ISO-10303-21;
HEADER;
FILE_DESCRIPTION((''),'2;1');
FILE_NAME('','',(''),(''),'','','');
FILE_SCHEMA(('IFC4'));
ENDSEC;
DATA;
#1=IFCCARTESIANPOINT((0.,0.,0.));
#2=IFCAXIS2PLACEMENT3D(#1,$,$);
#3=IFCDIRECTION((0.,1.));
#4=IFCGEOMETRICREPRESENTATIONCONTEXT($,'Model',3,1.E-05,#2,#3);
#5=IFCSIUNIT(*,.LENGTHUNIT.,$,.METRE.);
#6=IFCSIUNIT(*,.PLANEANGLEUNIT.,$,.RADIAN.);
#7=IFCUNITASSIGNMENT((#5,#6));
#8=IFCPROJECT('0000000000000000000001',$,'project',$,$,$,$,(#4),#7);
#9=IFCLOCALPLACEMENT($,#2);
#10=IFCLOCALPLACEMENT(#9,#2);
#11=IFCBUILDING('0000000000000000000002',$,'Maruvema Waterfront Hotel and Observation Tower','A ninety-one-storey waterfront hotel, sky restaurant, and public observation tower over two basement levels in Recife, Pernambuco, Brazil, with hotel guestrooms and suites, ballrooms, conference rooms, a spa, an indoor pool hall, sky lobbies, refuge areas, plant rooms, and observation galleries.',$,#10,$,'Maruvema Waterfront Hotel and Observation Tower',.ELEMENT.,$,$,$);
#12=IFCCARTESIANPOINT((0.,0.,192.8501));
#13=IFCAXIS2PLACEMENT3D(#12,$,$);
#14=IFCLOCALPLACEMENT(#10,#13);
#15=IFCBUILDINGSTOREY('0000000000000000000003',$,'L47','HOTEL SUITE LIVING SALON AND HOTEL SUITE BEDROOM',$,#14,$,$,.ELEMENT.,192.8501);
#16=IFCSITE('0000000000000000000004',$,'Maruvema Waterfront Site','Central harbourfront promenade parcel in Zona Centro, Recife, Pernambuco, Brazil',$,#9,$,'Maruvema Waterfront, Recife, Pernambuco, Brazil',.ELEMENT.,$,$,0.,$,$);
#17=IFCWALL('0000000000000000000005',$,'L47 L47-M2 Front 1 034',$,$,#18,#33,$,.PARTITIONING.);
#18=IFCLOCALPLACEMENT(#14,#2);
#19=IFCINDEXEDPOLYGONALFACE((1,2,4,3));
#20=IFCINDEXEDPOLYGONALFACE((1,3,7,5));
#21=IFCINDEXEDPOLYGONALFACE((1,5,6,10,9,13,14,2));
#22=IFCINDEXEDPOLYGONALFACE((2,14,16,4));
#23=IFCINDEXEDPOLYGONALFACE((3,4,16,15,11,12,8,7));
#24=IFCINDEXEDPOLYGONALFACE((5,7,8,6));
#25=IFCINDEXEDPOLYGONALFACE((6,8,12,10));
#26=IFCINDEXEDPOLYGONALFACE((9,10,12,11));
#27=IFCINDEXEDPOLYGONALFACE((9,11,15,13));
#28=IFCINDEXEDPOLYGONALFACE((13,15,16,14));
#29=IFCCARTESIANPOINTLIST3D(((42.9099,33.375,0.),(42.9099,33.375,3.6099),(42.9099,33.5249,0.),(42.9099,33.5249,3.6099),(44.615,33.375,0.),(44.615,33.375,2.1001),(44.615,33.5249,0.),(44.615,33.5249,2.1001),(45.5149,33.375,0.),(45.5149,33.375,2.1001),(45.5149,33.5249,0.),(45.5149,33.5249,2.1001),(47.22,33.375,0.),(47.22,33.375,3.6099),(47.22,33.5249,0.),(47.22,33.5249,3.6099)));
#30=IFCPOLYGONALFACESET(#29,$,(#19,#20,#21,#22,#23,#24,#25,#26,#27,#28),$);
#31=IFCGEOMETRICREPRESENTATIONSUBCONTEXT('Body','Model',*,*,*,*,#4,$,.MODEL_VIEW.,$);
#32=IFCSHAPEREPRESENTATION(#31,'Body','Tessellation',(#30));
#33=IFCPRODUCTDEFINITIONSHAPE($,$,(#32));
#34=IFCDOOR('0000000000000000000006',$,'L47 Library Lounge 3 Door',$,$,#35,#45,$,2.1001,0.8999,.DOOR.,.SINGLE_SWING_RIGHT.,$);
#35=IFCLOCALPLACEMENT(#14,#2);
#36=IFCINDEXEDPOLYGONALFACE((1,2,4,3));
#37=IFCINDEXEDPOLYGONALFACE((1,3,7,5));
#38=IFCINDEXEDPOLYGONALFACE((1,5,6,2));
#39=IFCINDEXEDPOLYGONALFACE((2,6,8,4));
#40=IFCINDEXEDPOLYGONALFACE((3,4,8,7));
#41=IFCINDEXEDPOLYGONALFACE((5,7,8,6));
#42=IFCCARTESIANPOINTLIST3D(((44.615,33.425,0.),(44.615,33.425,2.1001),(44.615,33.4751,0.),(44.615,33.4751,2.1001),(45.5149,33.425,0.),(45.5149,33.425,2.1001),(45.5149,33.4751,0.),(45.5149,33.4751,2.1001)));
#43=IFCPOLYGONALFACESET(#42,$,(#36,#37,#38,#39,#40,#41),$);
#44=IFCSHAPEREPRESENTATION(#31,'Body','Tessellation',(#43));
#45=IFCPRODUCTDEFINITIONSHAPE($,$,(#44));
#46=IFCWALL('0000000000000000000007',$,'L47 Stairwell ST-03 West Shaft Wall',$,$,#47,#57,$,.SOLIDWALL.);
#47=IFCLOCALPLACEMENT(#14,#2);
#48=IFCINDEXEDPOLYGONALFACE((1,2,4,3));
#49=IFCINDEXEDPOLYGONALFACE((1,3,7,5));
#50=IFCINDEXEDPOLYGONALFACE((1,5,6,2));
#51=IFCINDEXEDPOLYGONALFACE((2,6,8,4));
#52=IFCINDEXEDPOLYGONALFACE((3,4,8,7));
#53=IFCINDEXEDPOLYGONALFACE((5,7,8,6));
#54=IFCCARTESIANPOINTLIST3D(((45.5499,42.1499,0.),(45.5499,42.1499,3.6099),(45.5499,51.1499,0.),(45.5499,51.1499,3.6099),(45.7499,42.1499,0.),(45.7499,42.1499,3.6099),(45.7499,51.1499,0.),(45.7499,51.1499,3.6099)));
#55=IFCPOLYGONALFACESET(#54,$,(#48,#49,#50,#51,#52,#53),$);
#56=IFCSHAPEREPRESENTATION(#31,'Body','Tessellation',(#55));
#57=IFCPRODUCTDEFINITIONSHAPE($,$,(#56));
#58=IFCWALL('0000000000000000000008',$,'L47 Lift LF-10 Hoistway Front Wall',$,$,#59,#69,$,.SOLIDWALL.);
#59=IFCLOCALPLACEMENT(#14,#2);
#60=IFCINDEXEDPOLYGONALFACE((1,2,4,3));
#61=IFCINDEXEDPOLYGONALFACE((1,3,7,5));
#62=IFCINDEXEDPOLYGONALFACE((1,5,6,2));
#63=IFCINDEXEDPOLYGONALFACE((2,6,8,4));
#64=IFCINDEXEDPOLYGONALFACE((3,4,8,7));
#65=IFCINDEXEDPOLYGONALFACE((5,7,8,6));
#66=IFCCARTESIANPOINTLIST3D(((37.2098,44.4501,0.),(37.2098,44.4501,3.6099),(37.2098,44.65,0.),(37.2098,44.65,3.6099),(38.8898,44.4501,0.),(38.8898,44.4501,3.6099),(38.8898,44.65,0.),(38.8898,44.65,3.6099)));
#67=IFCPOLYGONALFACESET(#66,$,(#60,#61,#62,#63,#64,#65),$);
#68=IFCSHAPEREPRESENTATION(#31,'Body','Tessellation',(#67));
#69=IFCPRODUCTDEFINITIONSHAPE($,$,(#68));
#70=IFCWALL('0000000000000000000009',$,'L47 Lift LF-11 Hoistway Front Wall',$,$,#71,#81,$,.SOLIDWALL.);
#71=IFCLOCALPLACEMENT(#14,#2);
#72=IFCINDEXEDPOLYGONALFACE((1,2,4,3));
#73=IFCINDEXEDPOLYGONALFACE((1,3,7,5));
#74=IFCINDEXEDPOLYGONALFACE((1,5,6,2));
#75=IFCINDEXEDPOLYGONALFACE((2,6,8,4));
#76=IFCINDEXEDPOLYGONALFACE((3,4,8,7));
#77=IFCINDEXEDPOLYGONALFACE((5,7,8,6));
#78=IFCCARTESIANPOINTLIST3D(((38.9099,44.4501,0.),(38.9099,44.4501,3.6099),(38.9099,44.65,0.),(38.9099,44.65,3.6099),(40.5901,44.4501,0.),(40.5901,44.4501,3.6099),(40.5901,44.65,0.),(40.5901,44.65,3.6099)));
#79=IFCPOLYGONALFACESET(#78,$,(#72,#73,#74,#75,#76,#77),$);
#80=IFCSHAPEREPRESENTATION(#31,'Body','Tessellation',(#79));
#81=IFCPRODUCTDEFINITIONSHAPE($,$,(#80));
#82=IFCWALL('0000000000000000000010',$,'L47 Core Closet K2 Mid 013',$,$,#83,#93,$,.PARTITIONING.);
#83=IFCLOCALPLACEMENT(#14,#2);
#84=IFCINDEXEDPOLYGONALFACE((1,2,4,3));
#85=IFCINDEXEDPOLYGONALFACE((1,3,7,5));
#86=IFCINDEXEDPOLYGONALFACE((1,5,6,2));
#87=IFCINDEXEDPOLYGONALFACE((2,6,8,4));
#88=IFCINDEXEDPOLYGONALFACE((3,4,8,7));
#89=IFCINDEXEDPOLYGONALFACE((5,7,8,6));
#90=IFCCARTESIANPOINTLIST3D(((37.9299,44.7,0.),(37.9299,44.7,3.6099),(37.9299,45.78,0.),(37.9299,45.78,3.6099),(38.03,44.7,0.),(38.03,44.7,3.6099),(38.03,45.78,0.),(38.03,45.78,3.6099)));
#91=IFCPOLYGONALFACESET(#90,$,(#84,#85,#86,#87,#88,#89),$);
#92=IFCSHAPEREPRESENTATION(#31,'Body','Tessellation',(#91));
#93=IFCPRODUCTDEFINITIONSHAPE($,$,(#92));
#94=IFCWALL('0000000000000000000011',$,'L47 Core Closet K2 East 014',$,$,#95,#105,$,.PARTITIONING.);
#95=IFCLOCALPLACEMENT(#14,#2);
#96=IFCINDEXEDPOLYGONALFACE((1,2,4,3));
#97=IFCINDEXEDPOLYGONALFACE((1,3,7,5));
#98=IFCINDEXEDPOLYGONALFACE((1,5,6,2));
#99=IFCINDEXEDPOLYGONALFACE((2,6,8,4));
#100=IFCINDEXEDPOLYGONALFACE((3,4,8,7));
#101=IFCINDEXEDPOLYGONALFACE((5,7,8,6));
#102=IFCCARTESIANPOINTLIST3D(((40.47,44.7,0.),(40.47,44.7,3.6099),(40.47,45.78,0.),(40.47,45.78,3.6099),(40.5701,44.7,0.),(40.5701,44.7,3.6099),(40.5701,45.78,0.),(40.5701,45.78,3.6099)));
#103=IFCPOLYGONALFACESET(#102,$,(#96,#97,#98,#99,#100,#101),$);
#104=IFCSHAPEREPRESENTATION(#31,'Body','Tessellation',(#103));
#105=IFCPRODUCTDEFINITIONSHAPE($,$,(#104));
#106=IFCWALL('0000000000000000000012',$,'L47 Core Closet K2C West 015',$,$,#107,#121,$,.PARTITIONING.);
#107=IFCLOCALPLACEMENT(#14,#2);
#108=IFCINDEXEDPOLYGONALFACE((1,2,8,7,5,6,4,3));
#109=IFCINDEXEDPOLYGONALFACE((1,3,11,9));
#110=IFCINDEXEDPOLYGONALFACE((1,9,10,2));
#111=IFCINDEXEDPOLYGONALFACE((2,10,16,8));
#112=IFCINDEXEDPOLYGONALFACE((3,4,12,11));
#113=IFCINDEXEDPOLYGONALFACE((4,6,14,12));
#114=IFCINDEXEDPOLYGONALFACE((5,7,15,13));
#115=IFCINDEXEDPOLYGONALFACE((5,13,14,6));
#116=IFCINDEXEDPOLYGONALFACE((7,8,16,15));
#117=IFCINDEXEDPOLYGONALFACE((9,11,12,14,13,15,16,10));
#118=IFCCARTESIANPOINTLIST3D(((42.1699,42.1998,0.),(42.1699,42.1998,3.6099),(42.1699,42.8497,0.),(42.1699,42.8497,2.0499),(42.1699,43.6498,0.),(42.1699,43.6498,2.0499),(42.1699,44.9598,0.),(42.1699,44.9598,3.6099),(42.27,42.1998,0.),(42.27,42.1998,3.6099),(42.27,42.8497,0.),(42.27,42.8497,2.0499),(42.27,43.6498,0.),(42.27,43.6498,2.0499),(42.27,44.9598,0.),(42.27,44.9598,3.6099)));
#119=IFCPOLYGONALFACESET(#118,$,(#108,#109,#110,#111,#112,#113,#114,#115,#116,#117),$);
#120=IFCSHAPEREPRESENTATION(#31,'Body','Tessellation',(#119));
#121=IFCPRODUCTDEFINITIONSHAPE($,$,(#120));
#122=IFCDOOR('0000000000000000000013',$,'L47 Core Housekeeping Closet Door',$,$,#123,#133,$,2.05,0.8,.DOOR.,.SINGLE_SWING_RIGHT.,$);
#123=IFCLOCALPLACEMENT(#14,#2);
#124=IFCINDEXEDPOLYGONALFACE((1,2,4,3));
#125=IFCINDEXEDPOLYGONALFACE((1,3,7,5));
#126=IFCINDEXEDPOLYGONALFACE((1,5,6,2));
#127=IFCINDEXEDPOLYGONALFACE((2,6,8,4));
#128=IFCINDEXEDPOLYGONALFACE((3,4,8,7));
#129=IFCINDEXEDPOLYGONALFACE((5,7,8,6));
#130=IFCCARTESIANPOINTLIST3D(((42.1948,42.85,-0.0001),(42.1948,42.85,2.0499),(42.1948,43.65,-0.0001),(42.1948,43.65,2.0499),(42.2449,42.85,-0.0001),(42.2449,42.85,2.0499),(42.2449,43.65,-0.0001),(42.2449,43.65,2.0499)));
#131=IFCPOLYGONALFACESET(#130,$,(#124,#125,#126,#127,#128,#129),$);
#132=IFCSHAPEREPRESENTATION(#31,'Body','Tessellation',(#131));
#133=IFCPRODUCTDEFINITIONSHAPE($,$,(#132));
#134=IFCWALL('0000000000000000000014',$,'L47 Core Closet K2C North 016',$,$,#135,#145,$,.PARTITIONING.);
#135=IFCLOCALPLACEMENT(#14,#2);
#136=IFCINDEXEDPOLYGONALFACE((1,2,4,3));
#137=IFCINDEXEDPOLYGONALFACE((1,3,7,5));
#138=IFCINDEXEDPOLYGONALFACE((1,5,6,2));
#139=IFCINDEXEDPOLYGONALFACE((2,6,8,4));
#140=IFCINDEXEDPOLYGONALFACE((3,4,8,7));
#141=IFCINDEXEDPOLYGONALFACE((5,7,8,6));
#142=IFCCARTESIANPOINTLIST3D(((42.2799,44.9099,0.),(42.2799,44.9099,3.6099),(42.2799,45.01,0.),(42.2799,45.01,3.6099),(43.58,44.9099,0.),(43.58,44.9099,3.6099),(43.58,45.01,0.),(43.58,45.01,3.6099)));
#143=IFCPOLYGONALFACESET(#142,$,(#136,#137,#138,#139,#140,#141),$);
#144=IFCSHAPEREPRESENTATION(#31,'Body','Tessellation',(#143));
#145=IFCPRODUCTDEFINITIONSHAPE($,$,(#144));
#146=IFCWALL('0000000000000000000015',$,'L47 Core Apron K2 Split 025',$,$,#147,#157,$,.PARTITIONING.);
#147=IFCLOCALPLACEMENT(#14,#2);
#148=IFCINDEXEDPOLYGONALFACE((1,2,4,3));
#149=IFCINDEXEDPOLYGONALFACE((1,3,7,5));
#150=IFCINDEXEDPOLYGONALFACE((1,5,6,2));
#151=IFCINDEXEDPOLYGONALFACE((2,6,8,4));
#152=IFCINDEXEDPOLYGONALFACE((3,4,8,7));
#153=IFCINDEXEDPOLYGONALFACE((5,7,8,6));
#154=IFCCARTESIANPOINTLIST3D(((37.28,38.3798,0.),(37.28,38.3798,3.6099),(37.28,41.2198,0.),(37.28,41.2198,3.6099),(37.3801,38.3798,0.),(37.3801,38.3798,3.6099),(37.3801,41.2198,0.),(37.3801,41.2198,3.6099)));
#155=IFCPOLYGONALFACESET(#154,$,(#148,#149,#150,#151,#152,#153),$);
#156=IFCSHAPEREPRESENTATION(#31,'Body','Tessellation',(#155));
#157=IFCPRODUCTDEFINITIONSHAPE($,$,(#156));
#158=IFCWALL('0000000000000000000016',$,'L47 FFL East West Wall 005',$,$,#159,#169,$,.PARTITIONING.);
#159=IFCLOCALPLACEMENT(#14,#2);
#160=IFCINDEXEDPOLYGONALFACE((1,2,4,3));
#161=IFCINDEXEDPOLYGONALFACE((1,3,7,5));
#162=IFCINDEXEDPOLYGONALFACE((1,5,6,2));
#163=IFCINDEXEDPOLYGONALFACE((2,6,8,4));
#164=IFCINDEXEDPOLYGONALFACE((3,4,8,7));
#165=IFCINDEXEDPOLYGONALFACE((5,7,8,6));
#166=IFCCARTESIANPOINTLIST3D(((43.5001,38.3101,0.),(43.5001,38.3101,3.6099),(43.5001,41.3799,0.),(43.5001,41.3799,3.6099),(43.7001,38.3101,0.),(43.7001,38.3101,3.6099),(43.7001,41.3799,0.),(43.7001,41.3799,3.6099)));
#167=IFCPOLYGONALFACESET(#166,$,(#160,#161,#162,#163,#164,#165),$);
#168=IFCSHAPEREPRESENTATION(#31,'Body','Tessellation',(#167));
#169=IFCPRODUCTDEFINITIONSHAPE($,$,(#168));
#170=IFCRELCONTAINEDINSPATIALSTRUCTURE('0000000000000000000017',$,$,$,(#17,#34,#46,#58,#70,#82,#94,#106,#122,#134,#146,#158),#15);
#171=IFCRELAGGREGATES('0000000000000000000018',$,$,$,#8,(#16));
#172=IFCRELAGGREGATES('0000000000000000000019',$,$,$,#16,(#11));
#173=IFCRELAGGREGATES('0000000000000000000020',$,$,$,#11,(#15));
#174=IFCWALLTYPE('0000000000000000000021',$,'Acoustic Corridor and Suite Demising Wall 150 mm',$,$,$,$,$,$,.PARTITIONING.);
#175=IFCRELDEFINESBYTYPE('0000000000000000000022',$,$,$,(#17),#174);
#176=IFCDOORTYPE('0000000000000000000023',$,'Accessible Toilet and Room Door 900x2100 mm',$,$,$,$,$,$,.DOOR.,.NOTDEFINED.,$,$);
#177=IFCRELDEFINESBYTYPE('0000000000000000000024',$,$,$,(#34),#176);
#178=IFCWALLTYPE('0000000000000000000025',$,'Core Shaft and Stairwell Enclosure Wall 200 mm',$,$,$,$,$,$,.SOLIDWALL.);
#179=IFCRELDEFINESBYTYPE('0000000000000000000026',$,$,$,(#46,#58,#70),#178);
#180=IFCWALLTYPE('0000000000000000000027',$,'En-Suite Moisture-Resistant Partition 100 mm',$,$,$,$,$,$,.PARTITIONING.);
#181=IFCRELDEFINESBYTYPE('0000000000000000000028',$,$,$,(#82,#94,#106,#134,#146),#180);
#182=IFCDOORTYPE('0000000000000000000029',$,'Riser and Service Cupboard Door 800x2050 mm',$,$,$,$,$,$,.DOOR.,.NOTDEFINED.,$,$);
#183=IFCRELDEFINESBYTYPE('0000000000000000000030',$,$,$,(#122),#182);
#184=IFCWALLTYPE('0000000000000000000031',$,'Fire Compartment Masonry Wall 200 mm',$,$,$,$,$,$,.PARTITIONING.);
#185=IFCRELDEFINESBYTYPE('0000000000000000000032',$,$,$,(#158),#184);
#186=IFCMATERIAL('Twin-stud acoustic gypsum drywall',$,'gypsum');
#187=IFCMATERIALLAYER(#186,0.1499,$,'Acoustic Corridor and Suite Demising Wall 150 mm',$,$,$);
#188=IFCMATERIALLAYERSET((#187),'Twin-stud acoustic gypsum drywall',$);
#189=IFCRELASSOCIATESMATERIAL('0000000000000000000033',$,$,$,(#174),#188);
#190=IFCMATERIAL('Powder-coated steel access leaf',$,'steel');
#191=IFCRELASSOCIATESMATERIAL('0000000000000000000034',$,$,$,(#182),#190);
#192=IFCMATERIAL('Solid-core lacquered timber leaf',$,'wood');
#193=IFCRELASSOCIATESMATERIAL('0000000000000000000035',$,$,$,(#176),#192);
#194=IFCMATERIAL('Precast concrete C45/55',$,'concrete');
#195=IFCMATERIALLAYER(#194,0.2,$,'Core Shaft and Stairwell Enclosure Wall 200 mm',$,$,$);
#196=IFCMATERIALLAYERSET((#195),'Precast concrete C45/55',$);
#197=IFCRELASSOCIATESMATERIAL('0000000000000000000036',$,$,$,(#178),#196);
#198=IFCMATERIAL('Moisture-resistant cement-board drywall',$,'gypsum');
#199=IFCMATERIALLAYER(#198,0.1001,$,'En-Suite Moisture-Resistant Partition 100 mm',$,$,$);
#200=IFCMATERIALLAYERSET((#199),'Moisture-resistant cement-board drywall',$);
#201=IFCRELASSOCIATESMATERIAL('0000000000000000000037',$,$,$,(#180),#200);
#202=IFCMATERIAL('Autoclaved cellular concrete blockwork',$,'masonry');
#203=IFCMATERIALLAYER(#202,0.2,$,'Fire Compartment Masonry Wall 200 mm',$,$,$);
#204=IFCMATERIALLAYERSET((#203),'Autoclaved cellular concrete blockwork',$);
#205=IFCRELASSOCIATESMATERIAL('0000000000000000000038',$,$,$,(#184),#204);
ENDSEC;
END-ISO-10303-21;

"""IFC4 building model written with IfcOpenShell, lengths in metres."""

from ifc_helpers import new_model, si_unit, direction, frame, frame_2d, origin, place, context, subcontext, project, spatial, rectangle, extrude, material, layer, layer_set, type_object, element, fill, save


model = new_model("IFC4")

# Units and contexts
model_context = context("Model", 3, precision=1e-05, world=origin(), true_north=direction((0.0, 1.0)))
body_context = subcontext(model_context, "Body", "Model", "MODEL_VIEW")
ifc_project = project(units=[si_unit("LENGTHUNIT", "METRE"), si_unit("PLANEANGLEUNIT", "RADIAN")], contexts=[model_context])

# Site, building, storey
site_placement = place(None, origin())
site = spatial("IfcSite", under=ifc_project, at=site_placement, Name="Maruvema Waterfront Site", Description="Central harbourfront promenade parcel in Zona Centro, Recife, Pernambuco, Brazil", LongName="Maruvema Waterfront, Recife, Pernambuco, Brazil", CompositionType="ELEMENT", RefElevation=0.0)
building_placement = place(site_placement, origin())
building = spatial("IfcBuilding", under=site, at=building_placement, Name="Maruvema Waterfront Hotel and Observation Tower", Description="A ninety-one-storey waterfront hotel, sky restaurant, and public observation tower over two basement levels in Recife, Pernambuco, Brazil, with hotel guestrooms and suites, ballrooms, conference rooms, a spa, an indoor pool hall, sky lobbies, refuge areas, plant rooms, and observation galleries.", LongName="Maruvema Waterfront Hotel and Observation Tower", CompositionType="ELEMENT")
storey_placement = place(building_placement, frame((0.0, 0.0, 192.8501)))
storey = spatial("IfcBuildingStorey", under=building, at=storey_placement, Name="L47", Description="HOTEL SUITE LIVING SALON AND HOTEL SUITE BEDROOM", CompositionType="ELEMENT", Elevation=192.8501)

# Shared definitions
ifc_material_1 = material(Name="Twin-stud acoustic gypsum drywall", Category="gypsum")
ifc_layer_1 = layer(ifc_material_1, 0.1499, Name="Acoustic Corridor and Suite Demising Wall 150 mm")
ifc_layer_set_1 = layer_set([ifc_layer_1], Name="Twin-stud acoustic gypsum drywall")
wall_type_1 = type_object("IfcWallType", Name="Acoustic Corridor and Suite Demising Wall 150 mm", PredefinedType="PARTITIONING", material=ifc_layer_set_1)
ifc_material_2 = material(Name="Powder-coated steel access leaf", Category="steel")
door_type_1 = type_object("IfcDoorType", Name="Riser and Service Cupboard Door 800x2050 mm", OperationType="NOTDEFINED", PredefinedType="DOOR", material=ifc_material_2)

# Wall, opening, door
wall_1_placement = place(storey_placement, frame((42.9099, 33.45, 0.0), z_axis=(0.0, 0.0, 1.0), x_axis=(1.0, 0.0, 0.0)))
wall_1 = element("IfcWall", 1, at=wall_1_placement, inside=storey, type_object=wall_type_1, Name="L47 L47-M2 Front 1 034", PredefinedType="PARTITIONING", context=body_context, shape_type="SweptSolid", body=[
    extrude(rectangle(XDim=4.3101, YDim=0.1499, at=frame_2d((2.155, 0.0))), origin(), (0.0, 0.0, 1.0), 3.6099),
])
opening_1_placement = place(wall_1_placement, frame((1.7051, 0.0, 0.0)))
opening_1 = element("IfcOpeningElement", 2, at=opening_1_placement, cuts=wall_1, PredefinedType="OPENING", context=body_context, shape_type="SweptSolid", body=[
    extrude(rectangle(XDim=0.8999, YDim=2.1001, at=frame_2d((0.45, 1.05))), frame((0.0, 0.085, 0.0), z_axis=(0.0, -1.0, 0.0), x_axis=(1.0, 0.0, 0.0)), (0.0, 0.0, 1.0), 0.1699),
])
ifc_material_3 = material(Name="Solid-core lacquered timber leaf", Category="wood")
door_type_2 = type_object("IfcDoorType", Name="Accessible Toilet and Room Door 900x2100 mm", OperationType="NOTDEFINED", PredefinedType="DOOR", material=ifc_material_3)
door_1_placement = place(opening_1_placement, frame((0.8999, 0.0, 0.0), z_axis=(0.0, 0.0, 1.0), x_axis=(-1.0, 0.0, 0.0)))
door_1 = element("IfcDoor", 3, at=door_1_placement, inside=storey, type_object=door_type_2, Name="L47 Library Lounge 3 Door", OperationType="SINGLE_SWING_RIGHT", OverallHeight=2.1001, OverallWidth=0.8999, PredefinedType="DOOR", context=body_context, shape_type="SweptSolid", body=[
    extrude(rectangle(XDim=0.8999, YDim=2.1001, at=frame_2d((0.45, 1.05))), frame((0.0, 0.0249, 0.0), z_axis=(0.0, -1.0, 0.0), x_axis=(1.0, 0.0, 0.0)), (0.0, 0.0, 1.0), 0.05),
])
fill(opening_1, door_1)

# Walls
ifc_material_4 = material(Name="Precast concrete C45/55", Category="concrete")
ifc_layer_2 = layer(ifc_material_4, 0.2, Name="Core Shaft and Stairwell Enclosure Wall 200 mm")
ifc_layer_set_2 = layer_set([ifc_layer_2], Name="Precast concrete C45/55")
wall_type_2 = type_object("IfcWallType", Name="Core Shaft and Stairwell Enclosure Wall 200 mm", PredefinedType="SOLIDWALL", material=ifc_layer_set_2)
wall_2_placement = place(storey_placement, frame((45.6499, 42.1499, 0.0), z_axis=(0.0, 0.0, 1.0), x_axis=(0.0, 1.0, 0.0)))
element("IfcWall", 4, at=wall_2_placement, inside=storey, type_object=wall_type_2, Name="L47 Stairwell ST-03 West Shaft Wall", PredefinedType="SOLIDWALL", context=body_context, shape_type="SweptSolid", body=[
    extrude(rectangle(XDim=9.0, YDim=0.2, at=frame_2d((4.5, 0.0))), origin(), (0.0, 0.0, 1.0), 3.6099),
])
wall_3_placement = place(storey_placement, frame((37.21, 44.55, 0.0), z_axis=(0.0, 0.0, 1.0), x_axis=(1.0, 0.0, 0.0)))
element("IfcWall", 5, at=wall_3_placement, inside=storey, type_object=wall_type_2, Name="L47 Lift LF-10 Hoistway Front Wall", PredefinedType="SOLIDWALL", context=body_context, shape_type="SweptSolid", body=[
    extrude(rectangle(XDim=1.6799, YDim=0.2, at=frame_2d((0.8398, 0.0))), origin(), (0.0, 0.0, 1.0), 3.6099),
])
wall_4_placement = place(storey_placement, frame((38.9099, 44.55, 0.0), z_axis=(0.0, 0.0, 1.0), x_axis=(1.0, 0.0, 0.0)))
element("IfcWall", 6, at=wall_4_placement, inside=storey, type_object=wall_type_2, Name="L47 Lift LF-11 Hoistway Front Wall", PredefinedType="SOLIDWALL", context=body_context, shape_type="SweptSolid", body=[
    extrude(rectangle(XDim=1.6802, YDim=0.2, at=frame_2d((0.8401, 0.0))), origin(), (0.0, 0.0, 1.0), 3.6099),
])

# Walls
ifc_material_5 = material(Name="Moisture-resistant cement-board drywall", Category="gypsum")
ifc_layer_3 = layer(ifc_material_5, 0.1001, Name="En-Suite Moisture-Resistant Partition 100 mm")
ifc_layer_set_3 = layer_set([ifc_layer_3], Name="Moisture-resistant cement-board drywall")
wall_type_3 = type_object("IfcWallType", Name="En-Suite Moisture-Resistant Partition 100 mm", PredefinedType="PARTITIONING", material=ifc_layer_set_3)
for number, where, z_axis, x_axis, name in (
    (7, (37.98, 44.7, 0.0), (0.0, 0.0, 1.0), (0.0, 1.0, 0.0), "L47 Core Closet K2 Mid 013"),
    (8, (40.52, 44.7, 0.0), (0.0, 0.0, 1.0), (0.0, 1.0, 0.0), "L47 Core Closet K2 East 014"),
):
    element("IfcWall", number, at=place(storey_placement, frame(where, z_axis=z_axis, x_axis=x_axis)), inside=storey, type_object=wall_type_3, Name=name, PredefinedType="PARTITIONING", context=body_context, shape_type="SweptSolid", body=[
        extrude(rectangle(XDim=1.0801, YDim=0.1001, at=frame_2d((0.54, 0.0))), origin(), (0.0, 0.0, 1.0), 3.6099),
    ])

# Wall, opening, door
wall_5_placement = place(storey_placement, frame((42.22, 42.2, 0.0), z_axis=(0.0, 0.0, 1.0), x_axis=(0.0, 1.0, 0.0)))
wall_5 = element("IfcWall", 9, at=wall_5_placement, inside=storey, type_object=wall_type_3, Name="L47 Core Closet K2C West 015", PredefinedType="PARTITIONING", context=body_context, shape_type="SweptSolid", body=[
    extrude(rectangle(XDim=2.76, YDim=0.1001, at=frame_2d((1.3799, 0.0))), origin(), (0.0, 0.0, 1.0), 3.6099),
])
opening_2_placement = place(wall_5_placement, frame((0.6499, 0.0, 0.0)))
opening_2 = element("IfcOpeningElement", 10, at=opening_2_placement, cuts=wall_5, PredefinedType="OPENING", context=body_context, shape_type="SweptSolid", body=[
    extrude(rectangle(XDim=0.8, YDim=2.05, at=frame_2d((0.3999, 1.0249))), frame((0.0, 0.0601, 0.0), z_axis=(0.0, -1.0, 0.0), x_axis=(1.0, 0.0, 0.0)), (0.0, 0.0, 1.0), 0.1201),
])
door_2_placement = place(opening_2_placement, frame((0.8, 0.0, 0.0), z_axis=(0.0, 0.0, 1.0), x_axis=(-1.0, 0.0, 0.0)))
door_2 = element("IfcDoor", 11, at=door_2_placement, inside=storey, type_object=door_type_1, Name="L47 Core Housekeeping Closet Door", OperationType="SINGLE_SWING_RIGHT", OverallHeight=2.05, OverallWidth=0.8, PredefinedType="DOOR", context=body_context, shape_type="SweptSolid", body=[
    extrude(rectangle(XDim=0.8, YDim=2.05, at=frame_2d((0.3999, 1.0249))), frame((0.0, 0.0249, 0.0), z_axis=(0.0, -1.0, 0.0), x_axis=(1.0, 0.0, 0.0)), (0.0, 0.0, 1.0), 0.05),
])
fill(opening_2, door_2)

# Walls
wall_6_placement = place(storey_placement, frame((42.28, 44.96, 0.0), z_axis=(0.0, 0.0, 1.0), x_axis=(1.0, 0.0, 0.0)))
element("IfcWall", 12, at=wall_6_placement, inside=storey, type_object=wall_type_3, Name="L47 Core Closet K2C North 016", PredefinedType="PARTITIONING", context=body_context, shape_type="SweptSolid", body=[
    extrude(rectangle(XDim=1.3, YDim=0.1001, at=frame_2d((0.6499, 0.0))), origin(), (0.0, 0.0, 1.0), 3.6099),
])
wall_7_placement = place(storey_placement, frame((37.3301, 38.3799, 0.0), z_axis=(0.0, 0.0, 1.0), x_axis=(0.0, 1.0, 0.0)))
element("IfcWall", 13, at=wall_7_placement, inside=storey, type_object=wall_type_3, Name="L47 Core Apron K2 Split 025", PredefinedType="PARTITIONING", context=body_context, shape_type="SweptSolid", body=[
    extrude(rectangle(XDim=2.8401, YDim=0.1001, at=frame_2d((1.4199, 0.0))), origin(), (0.0, 0.0, 1.0), 3.6099),
])

# Shared definitions
ifc_material_6 = material(Name="Autoclaved cellular concrete blockwork", Category="masonry")
ifc_layer_4 = layer(ifc_material_6, 0.2, Name="Fire Compartment Masonry Wall 200 mm")
ifc_layer_set_4 = layer_set([ifc_layer_4], Name="Autoclaved cellular concrete blockwork")
wall_type_4 = type_object("IfcWallType", Name="Fire Compartment Masonry Wall 200 mm", PredefinedType="PARTITIONING", material=ifc_layer_set_4)

# Wall
wall_8_placement = place(storey_placement, frame((43.6001, 38.3101, 0.0), z_axis=(0.0, 0.0, 1.0), x_axis=(0.0, 1.0, 0.0)))
element("IfcWall", 14, at=wall_8_placement, inside=storey, type_object=wall_type_4, Name="L47 FFL East West Wall 005", PredefinedType="PARTITIONING", context=body_context, shape_type="SweptSolid", body=[
    extrude(rectangle(XDim=3.0698, YDim=0.2, at=frame_2d((1.5349, 0.0))), origin(), (0.0, 0.0, 1.0), 3.6099),
])

save(model, "model.ifc")
